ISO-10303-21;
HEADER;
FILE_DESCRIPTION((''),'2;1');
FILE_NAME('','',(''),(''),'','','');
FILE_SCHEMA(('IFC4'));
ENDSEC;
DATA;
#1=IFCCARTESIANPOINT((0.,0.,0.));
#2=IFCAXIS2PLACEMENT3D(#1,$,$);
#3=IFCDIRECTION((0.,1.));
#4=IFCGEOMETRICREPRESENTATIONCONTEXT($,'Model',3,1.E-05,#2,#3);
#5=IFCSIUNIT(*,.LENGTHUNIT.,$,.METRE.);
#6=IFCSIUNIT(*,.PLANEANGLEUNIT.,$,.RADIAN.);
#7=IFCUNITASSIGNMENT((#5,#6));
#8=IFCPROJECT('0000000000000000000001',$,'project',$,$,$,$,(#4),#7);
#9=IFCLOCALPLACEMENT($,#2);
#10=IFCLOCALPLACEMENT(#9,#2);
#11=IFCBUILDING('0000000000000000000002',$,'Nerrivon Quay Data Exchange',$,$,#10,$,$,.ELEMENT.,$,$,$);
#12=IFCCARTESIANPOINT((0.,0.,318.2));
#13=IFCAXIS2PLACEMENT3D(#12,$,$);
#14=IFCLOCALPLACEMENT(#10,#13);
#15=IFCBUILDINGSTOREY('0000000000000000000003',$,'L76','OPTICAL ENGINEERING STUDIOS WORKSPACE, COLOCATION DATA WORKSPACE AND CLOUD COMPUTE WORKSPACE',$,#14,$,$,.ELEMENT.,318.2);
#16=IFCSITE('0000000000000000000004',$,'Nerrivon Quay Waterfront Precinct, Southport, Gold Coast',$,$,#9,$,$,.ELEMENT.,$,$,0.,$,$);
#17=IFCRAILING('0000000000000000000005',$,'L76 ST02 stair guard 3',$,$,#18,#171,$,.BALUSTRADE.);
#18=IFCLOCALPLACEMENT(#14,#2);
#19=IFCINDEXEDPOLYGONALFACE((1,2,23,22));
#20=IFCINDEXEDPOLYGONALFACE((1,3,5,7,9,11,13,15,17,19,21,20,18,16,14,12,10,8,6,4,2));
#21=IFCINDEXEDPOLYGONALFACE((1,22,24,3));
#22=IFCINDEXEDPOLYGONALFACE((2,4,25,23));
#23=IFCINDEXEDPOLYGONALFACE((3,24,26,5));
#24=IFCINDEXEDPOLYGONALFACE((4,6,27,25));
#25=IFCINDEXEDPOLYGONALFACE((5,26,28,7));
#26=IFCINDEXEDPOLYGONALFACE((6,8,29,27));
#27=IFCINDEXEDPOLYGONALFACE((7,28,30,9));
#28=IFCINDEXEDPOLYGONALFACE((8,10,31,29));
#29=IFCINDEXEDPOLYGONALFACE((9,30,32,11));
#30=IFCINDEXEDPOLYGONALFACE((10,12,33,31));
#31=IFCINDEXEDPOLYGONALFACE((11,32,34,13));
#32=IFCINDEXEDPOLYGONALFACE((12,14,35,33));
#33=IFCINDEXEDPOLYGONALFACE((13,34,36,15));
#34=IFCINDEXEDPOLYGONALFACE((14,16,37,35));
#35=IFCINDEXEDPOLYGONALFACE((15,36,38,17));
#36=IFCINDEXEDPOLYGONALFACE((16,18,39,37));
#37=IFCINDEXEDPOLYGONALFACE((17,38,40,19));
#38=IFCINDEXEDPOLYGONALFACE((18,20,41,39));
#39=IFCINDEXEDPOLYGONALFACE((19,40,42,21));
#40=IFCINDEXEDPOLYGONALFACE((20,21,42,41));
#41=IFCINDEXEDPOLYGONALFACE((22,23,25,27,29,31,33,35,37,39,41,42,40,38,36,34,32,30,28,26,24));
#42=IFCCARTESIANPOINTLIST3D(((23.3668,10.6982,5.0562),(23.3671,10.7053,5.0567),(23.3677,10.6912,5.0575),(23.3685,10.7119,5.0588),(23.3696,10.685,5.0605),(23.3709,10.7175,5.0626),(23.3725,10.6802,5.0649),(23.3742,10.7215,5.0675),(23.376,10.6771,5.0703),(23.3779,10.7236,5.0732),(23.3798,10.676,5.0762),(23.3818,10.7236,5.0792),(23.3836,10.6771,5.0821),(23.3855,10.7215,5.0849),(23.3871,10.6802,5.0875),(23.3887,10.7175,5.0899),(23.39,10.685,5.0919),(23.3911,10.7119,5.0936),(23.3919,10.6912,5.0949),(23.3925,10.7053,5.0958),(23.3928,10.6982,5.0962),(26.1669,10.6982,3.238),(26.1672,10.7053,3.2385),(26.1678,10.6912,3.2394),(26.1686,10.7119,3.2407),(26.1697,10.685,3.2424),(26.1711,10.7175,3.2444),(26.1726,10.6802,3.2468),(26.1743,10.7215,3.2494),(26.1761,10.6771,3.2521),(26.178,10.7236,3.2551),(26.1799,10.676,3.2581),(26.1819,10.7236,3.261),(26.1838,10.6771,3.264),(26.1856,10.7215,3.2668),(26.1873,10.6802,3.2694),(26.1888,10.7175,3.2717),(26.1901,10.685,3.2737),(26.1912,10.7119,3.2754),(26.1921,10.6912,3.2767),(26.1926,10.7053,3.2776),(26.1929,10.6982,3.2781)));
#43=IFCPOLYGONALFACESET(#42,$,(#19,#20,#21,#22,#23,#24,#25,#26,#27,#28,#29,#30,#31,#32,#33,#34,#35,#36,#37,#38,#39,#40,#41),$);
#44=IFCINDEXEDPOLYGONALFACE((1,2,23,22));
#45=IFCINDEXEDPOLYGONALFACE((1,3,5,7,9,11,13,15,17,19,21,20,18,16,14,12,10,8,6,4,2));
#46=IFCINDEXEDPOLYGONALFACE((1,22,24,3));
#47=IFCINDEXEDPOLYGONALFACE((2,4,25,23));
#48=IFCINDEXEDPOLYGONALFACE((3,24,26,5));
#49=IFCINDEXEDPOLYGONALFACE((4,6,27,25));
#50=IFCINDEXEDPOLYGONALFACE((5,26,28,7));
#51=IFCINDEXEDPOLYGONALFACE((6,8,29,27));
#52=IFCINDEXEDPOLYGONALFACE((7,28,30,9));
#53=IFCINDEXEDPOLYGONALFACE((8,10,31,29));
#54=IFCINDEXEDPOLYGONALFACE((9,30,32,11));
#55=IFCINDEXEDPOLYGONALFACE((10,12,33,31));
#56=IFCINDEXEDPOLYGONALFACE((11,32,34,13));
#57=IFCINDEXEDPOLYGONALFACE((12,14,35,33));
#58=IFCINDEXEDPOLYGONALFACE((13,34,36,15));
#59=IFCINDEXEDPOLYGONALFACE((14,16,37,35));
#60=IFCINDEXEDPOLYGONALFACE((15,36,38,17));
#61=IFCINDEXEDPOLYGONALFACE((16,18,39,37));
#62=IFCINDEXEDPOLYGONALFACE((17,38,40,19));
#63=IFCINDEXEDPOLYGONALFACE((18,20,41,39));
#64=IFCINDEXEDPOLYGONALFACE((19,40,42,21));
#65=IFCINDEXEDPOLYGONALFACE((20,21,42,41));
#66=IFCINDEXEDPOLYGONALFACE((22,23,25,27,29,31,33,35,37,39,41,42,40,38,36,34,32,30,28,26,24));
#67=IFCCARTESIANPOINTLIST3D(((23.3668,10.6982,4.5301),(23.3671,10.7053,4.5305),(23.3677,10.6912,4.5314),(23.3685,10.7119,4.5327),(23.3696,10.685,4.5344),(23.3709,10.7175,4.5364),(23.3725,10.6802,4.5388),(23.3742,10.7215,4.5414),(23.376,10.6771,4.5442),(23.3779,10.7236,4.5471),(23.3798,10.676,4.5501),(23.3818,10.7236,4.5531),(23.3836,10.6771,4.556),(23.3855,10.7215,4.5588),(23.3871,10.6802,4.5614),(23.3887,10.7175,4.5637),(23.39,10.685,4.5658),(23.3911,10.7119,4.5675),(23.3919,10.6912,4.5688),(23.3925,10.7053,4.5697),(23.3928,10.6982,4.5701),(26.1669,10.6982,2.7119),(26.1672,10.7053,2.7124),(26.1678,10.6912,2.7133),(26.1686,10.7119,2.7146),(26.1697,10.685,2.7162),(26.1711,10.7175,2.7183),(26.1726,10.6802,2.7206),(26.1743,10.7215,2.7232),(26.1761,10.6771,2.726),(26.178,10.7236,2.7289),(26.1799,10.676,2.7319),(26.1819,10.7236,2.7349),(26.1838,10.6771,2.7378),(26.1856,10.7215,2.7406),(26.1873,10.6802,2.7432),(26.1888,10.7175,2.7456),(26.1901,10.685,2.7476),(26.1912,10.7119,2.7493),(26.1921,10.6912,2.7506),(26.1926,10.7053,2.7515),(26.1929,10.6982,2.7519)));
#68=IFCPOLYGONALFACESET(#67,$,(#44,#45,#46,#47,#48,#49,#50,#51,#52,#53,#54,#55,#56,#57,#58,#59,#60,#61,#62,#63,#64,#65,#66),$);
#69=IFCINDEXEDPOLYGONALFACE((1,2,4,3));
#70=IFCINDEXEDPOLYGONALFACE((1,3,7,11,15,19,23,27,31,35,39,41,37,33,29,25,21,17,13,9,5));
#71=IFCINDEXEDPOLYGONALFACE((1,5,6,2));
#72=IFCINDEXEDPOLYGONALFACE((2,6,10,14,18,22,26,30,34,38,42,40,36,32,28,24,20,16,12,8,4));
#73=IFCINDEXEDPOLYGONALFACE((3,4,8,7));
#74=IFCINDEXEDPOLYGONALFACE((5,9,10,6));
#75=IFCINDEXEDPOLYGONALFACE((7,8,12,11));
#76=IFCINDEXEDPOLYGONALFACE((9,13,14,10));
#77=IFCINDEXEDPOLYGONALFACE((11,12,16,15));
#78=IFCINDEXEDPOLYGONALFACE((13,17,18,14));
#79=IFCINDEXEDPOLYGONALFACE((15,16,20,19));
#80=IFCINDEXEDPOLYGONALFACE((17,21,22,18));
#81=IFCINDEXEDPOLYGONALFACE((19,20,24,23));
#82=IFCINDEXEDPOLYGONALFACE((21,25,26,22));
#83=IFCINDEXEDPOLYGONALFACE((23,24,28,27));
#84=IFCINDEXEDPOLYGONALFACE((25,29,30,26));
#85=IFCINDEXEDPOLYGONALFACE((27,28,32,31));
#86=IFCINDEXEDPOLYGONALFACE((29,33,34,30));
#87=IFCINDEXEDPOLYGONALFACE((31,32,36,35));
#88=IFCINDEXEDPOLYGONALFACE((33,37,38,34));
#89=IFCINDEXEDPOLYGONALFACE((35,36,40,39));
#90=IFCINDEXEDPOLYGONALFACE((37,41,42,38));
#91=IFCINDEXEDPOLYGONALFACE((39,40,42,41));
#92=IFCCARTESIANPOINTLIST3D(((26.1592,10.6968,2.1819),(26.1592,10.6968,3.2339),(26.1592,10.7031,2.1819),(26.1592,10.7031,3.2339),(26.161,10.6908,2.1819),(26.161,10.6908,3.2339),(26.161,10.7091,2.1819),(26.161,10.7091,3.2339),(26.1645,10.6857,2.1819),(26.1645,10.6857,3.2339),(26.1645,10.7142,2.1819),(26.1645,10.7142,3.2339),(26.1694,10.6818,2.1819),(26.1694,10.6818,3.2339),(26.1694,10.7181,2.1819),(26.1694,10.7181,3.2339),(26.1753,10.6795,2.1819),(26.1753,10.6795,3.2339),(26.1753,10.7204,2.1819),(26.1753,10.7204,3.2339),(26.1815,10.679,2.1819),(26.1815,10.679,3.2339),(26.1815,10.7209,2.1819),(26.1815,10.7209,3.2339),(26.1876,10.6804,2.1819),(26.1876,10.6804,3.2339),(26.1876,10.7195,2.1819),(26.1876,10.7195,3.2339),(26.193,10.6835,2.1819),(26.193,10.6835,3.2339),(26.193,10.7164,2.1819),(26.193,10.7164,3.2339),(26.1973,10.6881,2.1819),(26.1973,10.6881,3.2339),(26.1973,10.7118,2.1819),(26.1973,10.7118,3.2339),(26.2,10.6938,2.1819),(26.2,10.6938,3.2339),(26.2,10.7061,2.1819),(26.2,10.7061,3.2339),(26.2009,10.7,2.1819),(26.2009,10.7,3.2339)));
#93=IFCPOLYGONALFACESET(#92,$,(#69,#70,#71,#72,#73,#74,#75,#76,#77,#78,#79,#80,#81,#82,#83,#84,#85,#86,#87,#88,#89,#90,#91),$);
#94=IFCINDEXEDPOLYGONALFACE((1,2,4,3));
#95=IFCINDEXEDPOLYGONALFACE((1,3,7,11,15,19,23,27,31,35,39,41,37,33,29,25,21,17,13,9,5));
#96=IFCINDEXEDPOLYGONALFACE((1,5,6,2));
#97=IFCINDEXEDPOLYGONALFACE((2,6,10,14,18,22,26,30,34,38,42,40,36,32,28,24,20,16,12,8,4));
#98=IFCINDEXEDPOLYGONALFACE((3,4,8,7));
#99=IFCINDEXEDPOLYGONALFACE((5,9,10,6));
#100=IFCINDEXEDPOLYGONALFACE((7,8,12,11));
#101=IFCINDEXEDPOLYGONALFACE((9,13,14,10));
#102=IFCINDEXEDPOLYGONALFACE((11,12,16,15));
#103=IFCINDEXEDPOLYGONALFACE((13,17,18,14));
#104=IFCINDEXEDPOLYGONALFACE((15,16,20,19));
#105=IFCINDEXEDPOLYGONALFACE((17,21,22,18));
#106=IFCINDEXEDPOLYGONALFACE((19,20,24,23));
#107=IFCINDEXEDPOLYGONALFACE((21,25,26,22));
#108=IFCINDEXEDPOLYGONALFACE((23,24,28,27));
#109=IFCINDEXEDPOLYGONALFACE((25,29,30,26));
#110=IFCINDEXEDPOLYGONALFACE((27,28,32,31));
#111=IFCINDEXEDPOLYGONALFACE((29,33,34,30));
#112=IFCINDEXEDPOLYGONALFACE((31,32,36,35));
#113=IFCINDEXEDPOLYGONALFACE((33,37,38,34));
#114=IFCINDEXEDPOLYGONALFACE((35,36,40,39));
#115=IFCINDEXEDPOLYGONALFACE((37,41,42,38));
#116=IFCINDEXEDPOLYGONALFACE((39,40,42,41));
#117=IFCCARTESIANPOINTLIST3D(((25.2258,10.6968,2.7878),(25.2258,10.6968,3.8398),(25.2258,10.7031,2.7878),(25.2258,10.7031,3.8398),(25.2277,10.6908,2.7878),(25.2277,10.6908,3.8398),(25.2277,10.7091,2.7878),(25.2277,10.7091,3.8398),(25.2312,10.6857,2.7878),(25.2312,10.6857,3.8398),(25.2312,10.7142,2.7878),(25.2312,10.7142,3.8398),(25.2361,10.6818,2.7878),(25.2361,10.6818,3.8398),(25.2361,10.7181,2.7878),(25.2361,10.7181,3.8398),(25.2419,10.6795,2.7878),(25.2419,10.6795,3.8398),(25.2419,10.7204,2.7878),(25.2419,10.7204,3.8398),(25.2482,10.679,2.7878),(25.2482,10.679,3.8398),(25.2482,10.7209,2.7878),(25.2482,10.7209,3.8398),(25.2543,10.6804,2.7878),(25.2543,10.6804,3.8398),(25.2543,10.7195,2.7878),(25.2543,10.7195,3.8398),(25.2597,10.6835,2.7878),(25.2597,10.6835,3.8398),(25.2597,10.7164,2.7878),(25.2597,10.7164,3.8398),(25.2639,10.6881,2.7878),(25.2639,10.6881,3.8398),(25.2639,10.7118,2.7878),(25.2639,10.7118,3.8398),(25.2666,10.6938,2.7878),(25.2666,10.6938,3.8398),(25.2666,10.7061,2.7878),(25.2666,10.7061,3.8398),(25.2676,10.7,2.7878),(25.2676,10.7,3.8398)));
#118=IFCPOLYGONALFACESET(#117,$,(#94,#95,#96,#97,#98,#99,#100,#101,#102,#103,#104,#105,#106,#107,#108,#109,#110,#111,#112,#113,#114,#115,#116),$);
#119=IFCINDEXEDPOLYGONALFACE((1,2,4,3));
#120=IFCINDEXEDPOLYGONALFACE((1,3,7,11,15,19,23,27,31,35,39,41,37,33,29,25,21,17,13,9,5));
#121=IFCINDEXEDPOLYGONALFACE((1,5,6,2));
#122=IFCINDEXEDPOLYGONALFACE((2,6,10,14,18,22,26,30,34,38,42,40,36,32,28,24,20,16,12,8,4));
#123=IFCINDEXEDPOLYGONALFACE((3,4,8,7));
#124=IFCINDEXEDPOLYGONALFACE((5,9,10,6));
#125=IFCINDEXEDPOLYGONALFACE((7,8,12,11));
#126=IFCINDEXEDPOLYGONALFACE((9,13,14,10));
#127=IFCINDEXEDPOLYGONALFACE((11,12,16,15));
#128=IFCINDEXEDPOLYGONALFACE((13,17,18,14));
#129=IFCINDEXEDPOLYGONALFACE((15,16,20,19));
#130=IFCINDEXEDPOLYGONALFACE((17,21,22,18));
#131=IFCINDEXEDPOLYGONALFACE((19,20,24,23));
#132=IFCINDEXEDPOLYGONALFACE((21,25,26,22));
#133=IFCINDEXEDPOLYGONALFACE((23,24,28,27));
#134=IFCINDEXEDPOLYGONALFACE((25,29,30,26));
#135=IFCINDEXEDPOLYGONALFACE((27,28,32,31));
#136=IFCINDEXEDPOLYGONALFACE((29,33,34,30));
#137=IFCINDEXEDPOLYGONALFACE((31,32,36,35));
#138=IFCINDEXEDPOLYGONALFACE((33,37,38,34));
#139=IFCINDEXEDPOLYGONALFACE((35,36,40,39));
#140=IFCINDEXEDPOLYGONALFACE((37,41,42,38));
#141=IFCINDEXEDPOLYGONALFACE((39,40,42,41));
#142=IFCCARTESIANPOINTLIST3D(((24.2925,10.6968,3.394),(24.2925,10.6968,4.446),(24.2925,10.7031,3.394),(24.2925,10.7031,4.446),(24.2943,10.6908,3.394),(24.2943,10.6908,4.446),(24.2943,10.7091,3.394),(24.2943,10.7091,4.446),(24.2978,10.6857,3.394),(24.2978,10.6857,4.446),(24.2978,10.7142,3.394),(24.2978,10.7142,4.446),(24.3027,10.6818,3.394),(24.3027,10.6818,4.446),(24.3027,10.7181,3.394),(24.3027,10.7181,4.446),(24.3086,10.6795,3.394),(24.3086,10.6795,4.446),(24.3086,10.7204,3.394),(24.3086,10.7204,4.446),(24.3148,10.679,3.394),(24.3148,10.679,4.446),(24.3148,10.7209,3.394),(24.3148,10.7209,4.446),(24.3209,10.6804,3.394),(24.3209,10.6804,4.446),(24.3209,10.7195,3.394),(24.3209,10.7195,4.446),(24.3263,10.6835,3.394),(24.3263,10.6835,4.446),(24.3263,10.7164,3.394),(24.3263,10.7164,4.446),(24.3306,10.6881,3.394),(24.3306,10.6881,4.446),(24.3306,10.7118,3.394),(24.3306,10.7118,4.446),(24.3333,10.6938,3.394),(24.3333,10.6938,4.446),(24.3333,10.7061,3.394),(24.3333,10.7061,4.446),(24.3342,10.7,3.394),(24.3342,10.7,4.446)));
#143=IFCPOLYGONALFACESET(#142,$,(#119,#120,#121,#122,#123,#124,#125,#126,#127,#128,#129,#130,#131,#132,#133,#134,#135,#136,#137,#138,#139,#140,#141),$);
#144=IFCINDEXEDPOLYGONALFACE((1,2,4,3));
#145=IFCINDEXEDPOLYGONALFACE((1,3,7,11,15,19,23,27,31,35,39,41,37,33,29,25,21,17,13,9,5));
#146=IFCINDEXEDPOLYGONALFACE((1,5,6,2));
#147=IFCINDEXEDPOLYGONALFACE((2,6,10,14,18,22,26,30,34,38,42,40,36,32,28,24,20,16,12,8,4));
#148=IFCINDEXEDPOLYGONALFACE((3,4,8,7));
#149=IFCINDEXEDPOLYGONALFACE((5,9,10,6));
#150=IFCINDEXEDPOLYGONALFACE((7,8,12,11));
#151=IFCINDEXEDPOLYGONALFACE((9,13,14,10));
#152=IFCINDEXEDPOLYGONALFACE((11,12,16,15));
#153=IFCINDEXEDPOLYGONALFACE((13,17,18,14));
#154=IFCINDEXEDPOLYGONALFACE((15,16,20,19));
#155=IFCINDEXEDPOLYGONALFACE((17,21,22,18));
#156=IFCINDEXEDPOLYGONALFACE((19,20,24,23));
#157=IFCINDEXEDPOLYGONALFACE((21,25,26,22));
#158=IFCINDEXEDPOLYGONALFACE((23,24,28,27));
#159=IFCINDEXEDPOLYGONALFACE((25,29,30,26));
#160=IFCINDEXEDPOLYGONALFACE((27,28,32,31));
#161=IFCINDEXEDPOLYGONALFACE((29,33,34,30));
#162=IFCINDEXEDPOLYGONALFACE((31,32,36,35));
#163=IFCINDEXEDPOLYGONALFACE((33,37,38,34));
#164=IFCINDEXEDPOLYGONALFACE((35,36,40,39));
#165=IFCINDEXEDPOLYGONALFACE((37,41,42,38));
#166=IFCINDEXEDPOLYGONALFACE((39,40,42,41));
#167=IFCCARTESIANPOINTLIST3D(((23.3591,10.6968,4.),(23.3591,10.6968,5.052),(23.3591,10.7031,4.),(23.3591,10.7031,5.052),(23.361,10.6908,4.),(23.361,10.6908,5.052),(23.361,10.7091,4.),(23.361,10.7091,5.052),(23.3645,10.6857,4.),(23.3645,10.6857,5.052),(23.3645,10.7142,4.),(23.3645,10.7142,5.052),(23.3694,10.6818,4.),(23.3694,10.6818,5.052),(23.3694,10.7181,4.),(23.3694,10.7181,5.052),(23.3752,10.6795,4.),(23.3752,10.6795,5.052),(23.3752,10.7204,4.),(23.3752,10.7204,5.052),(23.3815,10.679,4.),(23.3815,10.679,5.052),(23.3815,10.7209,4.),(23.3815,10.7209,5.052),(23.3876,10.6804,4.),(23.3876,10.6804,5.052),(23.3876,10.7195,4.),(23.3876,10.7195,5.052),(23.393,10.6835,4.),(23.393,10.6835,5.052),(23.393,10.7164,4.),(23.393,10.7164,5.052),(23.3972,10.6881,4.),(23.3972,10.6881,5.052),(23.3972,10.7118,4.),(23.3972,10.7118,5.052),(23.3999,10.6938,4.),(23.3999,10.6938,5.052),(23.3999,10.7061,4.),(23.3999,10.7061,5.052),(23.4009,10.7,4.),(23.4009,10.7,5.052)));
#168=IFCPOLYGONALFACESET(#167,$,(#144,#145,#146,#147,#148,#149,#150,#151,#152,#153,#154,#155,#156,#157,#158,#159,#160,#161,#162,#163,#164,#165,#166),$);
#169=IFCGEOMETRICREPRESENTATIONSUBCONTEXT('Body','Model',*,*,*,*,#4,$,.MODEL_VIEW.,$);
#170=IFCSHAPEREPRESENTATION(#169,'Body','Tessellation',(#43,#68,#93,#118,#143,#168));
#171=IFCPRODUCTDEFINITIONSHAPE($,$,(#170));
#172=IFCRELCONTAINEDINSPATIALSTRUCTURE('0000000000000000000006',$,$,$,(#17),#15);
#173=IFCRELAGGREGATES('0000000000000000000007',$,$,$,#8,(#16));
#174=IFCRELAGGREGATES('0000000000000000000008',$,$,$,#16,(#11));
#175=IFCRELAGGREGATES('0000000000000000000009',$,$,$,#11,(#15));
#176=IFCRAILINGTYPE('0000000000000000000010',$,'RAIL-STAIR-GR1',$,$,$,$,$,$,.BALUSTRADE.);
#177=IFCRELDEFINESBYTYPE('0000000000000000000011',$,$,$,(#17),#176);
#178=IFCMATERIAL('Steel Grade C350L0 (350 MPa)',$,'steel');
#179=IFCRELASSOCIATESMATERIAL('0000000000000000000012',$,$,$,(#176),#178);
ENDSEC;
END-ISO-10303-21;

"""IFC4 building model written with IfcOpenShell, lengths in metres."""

from ifc_helpers import new_model, si_unit, direction, frame, origin, origin_2d, place, context, subcontext, project, spatial, circle, extrude, material, type_object, element, save


model = new_model("IFC4")

# Units and contexts
model_context = context("Model", 3, precision=1e-05, world=origin(), true_north=direction((0.0, 1.0)))
body_context = subcontext(model_context, "Body", "Model", "MODEL_VIEW")
ifc_project = project(units=[si_unit("LENGTHUNIT", "METRE"), si_unit("PLANEANGLEUNIT", "RADIAN")], contexts=[model_context])

# Site, building, storey
site_placement = place(None, origin())
site = spatial("IfcSite", under=ifc_project, at=site_placement, Name="Nerrivon Quay Waterfront Precinct, Southport, Gold Coast", CompositionType="ELEMENT", RefElevation=0.0)
building_placement = place(site_placement, origin())
building = spatial("IfcBuilding", under=site, at=building_placement, Name="Nerrivon Quay Data Exchange", CompositionType="ELEMENT")
storey_placement = place(building_placement, frame((0.0, 0.0, 318.2)))
storey = spatial("IfcBuildingStorey", under=building, at=storey_placement, Name="L76", Description="OPTICAL ENGINEERING STUDIOS WORKSPACE, COLOCATION DATA WORKSPACE AND CLOUD COMPUTE WORKSPACE", CompositionType="ELEMENT", Elevation=318.2)

# Shared definitions
ifc_material_1 = material(Name="Steel Grade C350L0 (350 MPa)", Category="steel")

# Railing
railing_type_1 = type_object("IfcRailingType", Name="RAIL-STAIR-GR1", PredefinedType="BALUSTRADE", material=ifc_material_1)
railing_1_placement = place(storey_placement, frame((26.1799, 10.7, 2.1819)))
element("IfcRailing", 1, at=railing_1_placement, inside=storey, type_object=railing_type_1, Name="L76 ST02 stair guard 3", PredefinedType="BALUSTRADE", context=body_context, shape_type="SweptSolid", body=[
    extrude(circle(Radius=0.0239, at=origin_2d()), frame((0.0, 0.0, 1.0762), z_axis=(-0.838706, 0.0, 0.544585), x_axis=(0.0, -1.0, 0.0)), (0.0, 0.0, 1.0), 3.3386),
    extrude(circle(Radius=0.0239, at=origin_2d()), frame((0.0, 0.0, 0.55), z_axis=(-0.838706, 0.0, 0.544585), x_axis=(0.0, -1.0, 0.0)), (0.0, 0.0, 1.0), 3.3386),
    extrude(circle(Radius=0.021, at=origin_2d()), origin(), (0.0, 0.0, 1.0), 1.052),
    extrude(circle(Radius=0.021, at=origin_2d()), frame((-0.9333, 0.0, 0.606)), (0.0, 0.0, 1.0), 1.052),
    extrude(circle(Radius=0.021, at=origin_2d()), frame((-1.8667, 0.0, 1.2122)), (0.0, 0.0, 1.0), 1.052),
    extrude(circle(Radius=0.021, at=origin_2d()), frame((-2.8, 0.0, 1.8181)), (0.0, 0.0, 1.0), 1.052),
])

save(model, "model.ifc")
